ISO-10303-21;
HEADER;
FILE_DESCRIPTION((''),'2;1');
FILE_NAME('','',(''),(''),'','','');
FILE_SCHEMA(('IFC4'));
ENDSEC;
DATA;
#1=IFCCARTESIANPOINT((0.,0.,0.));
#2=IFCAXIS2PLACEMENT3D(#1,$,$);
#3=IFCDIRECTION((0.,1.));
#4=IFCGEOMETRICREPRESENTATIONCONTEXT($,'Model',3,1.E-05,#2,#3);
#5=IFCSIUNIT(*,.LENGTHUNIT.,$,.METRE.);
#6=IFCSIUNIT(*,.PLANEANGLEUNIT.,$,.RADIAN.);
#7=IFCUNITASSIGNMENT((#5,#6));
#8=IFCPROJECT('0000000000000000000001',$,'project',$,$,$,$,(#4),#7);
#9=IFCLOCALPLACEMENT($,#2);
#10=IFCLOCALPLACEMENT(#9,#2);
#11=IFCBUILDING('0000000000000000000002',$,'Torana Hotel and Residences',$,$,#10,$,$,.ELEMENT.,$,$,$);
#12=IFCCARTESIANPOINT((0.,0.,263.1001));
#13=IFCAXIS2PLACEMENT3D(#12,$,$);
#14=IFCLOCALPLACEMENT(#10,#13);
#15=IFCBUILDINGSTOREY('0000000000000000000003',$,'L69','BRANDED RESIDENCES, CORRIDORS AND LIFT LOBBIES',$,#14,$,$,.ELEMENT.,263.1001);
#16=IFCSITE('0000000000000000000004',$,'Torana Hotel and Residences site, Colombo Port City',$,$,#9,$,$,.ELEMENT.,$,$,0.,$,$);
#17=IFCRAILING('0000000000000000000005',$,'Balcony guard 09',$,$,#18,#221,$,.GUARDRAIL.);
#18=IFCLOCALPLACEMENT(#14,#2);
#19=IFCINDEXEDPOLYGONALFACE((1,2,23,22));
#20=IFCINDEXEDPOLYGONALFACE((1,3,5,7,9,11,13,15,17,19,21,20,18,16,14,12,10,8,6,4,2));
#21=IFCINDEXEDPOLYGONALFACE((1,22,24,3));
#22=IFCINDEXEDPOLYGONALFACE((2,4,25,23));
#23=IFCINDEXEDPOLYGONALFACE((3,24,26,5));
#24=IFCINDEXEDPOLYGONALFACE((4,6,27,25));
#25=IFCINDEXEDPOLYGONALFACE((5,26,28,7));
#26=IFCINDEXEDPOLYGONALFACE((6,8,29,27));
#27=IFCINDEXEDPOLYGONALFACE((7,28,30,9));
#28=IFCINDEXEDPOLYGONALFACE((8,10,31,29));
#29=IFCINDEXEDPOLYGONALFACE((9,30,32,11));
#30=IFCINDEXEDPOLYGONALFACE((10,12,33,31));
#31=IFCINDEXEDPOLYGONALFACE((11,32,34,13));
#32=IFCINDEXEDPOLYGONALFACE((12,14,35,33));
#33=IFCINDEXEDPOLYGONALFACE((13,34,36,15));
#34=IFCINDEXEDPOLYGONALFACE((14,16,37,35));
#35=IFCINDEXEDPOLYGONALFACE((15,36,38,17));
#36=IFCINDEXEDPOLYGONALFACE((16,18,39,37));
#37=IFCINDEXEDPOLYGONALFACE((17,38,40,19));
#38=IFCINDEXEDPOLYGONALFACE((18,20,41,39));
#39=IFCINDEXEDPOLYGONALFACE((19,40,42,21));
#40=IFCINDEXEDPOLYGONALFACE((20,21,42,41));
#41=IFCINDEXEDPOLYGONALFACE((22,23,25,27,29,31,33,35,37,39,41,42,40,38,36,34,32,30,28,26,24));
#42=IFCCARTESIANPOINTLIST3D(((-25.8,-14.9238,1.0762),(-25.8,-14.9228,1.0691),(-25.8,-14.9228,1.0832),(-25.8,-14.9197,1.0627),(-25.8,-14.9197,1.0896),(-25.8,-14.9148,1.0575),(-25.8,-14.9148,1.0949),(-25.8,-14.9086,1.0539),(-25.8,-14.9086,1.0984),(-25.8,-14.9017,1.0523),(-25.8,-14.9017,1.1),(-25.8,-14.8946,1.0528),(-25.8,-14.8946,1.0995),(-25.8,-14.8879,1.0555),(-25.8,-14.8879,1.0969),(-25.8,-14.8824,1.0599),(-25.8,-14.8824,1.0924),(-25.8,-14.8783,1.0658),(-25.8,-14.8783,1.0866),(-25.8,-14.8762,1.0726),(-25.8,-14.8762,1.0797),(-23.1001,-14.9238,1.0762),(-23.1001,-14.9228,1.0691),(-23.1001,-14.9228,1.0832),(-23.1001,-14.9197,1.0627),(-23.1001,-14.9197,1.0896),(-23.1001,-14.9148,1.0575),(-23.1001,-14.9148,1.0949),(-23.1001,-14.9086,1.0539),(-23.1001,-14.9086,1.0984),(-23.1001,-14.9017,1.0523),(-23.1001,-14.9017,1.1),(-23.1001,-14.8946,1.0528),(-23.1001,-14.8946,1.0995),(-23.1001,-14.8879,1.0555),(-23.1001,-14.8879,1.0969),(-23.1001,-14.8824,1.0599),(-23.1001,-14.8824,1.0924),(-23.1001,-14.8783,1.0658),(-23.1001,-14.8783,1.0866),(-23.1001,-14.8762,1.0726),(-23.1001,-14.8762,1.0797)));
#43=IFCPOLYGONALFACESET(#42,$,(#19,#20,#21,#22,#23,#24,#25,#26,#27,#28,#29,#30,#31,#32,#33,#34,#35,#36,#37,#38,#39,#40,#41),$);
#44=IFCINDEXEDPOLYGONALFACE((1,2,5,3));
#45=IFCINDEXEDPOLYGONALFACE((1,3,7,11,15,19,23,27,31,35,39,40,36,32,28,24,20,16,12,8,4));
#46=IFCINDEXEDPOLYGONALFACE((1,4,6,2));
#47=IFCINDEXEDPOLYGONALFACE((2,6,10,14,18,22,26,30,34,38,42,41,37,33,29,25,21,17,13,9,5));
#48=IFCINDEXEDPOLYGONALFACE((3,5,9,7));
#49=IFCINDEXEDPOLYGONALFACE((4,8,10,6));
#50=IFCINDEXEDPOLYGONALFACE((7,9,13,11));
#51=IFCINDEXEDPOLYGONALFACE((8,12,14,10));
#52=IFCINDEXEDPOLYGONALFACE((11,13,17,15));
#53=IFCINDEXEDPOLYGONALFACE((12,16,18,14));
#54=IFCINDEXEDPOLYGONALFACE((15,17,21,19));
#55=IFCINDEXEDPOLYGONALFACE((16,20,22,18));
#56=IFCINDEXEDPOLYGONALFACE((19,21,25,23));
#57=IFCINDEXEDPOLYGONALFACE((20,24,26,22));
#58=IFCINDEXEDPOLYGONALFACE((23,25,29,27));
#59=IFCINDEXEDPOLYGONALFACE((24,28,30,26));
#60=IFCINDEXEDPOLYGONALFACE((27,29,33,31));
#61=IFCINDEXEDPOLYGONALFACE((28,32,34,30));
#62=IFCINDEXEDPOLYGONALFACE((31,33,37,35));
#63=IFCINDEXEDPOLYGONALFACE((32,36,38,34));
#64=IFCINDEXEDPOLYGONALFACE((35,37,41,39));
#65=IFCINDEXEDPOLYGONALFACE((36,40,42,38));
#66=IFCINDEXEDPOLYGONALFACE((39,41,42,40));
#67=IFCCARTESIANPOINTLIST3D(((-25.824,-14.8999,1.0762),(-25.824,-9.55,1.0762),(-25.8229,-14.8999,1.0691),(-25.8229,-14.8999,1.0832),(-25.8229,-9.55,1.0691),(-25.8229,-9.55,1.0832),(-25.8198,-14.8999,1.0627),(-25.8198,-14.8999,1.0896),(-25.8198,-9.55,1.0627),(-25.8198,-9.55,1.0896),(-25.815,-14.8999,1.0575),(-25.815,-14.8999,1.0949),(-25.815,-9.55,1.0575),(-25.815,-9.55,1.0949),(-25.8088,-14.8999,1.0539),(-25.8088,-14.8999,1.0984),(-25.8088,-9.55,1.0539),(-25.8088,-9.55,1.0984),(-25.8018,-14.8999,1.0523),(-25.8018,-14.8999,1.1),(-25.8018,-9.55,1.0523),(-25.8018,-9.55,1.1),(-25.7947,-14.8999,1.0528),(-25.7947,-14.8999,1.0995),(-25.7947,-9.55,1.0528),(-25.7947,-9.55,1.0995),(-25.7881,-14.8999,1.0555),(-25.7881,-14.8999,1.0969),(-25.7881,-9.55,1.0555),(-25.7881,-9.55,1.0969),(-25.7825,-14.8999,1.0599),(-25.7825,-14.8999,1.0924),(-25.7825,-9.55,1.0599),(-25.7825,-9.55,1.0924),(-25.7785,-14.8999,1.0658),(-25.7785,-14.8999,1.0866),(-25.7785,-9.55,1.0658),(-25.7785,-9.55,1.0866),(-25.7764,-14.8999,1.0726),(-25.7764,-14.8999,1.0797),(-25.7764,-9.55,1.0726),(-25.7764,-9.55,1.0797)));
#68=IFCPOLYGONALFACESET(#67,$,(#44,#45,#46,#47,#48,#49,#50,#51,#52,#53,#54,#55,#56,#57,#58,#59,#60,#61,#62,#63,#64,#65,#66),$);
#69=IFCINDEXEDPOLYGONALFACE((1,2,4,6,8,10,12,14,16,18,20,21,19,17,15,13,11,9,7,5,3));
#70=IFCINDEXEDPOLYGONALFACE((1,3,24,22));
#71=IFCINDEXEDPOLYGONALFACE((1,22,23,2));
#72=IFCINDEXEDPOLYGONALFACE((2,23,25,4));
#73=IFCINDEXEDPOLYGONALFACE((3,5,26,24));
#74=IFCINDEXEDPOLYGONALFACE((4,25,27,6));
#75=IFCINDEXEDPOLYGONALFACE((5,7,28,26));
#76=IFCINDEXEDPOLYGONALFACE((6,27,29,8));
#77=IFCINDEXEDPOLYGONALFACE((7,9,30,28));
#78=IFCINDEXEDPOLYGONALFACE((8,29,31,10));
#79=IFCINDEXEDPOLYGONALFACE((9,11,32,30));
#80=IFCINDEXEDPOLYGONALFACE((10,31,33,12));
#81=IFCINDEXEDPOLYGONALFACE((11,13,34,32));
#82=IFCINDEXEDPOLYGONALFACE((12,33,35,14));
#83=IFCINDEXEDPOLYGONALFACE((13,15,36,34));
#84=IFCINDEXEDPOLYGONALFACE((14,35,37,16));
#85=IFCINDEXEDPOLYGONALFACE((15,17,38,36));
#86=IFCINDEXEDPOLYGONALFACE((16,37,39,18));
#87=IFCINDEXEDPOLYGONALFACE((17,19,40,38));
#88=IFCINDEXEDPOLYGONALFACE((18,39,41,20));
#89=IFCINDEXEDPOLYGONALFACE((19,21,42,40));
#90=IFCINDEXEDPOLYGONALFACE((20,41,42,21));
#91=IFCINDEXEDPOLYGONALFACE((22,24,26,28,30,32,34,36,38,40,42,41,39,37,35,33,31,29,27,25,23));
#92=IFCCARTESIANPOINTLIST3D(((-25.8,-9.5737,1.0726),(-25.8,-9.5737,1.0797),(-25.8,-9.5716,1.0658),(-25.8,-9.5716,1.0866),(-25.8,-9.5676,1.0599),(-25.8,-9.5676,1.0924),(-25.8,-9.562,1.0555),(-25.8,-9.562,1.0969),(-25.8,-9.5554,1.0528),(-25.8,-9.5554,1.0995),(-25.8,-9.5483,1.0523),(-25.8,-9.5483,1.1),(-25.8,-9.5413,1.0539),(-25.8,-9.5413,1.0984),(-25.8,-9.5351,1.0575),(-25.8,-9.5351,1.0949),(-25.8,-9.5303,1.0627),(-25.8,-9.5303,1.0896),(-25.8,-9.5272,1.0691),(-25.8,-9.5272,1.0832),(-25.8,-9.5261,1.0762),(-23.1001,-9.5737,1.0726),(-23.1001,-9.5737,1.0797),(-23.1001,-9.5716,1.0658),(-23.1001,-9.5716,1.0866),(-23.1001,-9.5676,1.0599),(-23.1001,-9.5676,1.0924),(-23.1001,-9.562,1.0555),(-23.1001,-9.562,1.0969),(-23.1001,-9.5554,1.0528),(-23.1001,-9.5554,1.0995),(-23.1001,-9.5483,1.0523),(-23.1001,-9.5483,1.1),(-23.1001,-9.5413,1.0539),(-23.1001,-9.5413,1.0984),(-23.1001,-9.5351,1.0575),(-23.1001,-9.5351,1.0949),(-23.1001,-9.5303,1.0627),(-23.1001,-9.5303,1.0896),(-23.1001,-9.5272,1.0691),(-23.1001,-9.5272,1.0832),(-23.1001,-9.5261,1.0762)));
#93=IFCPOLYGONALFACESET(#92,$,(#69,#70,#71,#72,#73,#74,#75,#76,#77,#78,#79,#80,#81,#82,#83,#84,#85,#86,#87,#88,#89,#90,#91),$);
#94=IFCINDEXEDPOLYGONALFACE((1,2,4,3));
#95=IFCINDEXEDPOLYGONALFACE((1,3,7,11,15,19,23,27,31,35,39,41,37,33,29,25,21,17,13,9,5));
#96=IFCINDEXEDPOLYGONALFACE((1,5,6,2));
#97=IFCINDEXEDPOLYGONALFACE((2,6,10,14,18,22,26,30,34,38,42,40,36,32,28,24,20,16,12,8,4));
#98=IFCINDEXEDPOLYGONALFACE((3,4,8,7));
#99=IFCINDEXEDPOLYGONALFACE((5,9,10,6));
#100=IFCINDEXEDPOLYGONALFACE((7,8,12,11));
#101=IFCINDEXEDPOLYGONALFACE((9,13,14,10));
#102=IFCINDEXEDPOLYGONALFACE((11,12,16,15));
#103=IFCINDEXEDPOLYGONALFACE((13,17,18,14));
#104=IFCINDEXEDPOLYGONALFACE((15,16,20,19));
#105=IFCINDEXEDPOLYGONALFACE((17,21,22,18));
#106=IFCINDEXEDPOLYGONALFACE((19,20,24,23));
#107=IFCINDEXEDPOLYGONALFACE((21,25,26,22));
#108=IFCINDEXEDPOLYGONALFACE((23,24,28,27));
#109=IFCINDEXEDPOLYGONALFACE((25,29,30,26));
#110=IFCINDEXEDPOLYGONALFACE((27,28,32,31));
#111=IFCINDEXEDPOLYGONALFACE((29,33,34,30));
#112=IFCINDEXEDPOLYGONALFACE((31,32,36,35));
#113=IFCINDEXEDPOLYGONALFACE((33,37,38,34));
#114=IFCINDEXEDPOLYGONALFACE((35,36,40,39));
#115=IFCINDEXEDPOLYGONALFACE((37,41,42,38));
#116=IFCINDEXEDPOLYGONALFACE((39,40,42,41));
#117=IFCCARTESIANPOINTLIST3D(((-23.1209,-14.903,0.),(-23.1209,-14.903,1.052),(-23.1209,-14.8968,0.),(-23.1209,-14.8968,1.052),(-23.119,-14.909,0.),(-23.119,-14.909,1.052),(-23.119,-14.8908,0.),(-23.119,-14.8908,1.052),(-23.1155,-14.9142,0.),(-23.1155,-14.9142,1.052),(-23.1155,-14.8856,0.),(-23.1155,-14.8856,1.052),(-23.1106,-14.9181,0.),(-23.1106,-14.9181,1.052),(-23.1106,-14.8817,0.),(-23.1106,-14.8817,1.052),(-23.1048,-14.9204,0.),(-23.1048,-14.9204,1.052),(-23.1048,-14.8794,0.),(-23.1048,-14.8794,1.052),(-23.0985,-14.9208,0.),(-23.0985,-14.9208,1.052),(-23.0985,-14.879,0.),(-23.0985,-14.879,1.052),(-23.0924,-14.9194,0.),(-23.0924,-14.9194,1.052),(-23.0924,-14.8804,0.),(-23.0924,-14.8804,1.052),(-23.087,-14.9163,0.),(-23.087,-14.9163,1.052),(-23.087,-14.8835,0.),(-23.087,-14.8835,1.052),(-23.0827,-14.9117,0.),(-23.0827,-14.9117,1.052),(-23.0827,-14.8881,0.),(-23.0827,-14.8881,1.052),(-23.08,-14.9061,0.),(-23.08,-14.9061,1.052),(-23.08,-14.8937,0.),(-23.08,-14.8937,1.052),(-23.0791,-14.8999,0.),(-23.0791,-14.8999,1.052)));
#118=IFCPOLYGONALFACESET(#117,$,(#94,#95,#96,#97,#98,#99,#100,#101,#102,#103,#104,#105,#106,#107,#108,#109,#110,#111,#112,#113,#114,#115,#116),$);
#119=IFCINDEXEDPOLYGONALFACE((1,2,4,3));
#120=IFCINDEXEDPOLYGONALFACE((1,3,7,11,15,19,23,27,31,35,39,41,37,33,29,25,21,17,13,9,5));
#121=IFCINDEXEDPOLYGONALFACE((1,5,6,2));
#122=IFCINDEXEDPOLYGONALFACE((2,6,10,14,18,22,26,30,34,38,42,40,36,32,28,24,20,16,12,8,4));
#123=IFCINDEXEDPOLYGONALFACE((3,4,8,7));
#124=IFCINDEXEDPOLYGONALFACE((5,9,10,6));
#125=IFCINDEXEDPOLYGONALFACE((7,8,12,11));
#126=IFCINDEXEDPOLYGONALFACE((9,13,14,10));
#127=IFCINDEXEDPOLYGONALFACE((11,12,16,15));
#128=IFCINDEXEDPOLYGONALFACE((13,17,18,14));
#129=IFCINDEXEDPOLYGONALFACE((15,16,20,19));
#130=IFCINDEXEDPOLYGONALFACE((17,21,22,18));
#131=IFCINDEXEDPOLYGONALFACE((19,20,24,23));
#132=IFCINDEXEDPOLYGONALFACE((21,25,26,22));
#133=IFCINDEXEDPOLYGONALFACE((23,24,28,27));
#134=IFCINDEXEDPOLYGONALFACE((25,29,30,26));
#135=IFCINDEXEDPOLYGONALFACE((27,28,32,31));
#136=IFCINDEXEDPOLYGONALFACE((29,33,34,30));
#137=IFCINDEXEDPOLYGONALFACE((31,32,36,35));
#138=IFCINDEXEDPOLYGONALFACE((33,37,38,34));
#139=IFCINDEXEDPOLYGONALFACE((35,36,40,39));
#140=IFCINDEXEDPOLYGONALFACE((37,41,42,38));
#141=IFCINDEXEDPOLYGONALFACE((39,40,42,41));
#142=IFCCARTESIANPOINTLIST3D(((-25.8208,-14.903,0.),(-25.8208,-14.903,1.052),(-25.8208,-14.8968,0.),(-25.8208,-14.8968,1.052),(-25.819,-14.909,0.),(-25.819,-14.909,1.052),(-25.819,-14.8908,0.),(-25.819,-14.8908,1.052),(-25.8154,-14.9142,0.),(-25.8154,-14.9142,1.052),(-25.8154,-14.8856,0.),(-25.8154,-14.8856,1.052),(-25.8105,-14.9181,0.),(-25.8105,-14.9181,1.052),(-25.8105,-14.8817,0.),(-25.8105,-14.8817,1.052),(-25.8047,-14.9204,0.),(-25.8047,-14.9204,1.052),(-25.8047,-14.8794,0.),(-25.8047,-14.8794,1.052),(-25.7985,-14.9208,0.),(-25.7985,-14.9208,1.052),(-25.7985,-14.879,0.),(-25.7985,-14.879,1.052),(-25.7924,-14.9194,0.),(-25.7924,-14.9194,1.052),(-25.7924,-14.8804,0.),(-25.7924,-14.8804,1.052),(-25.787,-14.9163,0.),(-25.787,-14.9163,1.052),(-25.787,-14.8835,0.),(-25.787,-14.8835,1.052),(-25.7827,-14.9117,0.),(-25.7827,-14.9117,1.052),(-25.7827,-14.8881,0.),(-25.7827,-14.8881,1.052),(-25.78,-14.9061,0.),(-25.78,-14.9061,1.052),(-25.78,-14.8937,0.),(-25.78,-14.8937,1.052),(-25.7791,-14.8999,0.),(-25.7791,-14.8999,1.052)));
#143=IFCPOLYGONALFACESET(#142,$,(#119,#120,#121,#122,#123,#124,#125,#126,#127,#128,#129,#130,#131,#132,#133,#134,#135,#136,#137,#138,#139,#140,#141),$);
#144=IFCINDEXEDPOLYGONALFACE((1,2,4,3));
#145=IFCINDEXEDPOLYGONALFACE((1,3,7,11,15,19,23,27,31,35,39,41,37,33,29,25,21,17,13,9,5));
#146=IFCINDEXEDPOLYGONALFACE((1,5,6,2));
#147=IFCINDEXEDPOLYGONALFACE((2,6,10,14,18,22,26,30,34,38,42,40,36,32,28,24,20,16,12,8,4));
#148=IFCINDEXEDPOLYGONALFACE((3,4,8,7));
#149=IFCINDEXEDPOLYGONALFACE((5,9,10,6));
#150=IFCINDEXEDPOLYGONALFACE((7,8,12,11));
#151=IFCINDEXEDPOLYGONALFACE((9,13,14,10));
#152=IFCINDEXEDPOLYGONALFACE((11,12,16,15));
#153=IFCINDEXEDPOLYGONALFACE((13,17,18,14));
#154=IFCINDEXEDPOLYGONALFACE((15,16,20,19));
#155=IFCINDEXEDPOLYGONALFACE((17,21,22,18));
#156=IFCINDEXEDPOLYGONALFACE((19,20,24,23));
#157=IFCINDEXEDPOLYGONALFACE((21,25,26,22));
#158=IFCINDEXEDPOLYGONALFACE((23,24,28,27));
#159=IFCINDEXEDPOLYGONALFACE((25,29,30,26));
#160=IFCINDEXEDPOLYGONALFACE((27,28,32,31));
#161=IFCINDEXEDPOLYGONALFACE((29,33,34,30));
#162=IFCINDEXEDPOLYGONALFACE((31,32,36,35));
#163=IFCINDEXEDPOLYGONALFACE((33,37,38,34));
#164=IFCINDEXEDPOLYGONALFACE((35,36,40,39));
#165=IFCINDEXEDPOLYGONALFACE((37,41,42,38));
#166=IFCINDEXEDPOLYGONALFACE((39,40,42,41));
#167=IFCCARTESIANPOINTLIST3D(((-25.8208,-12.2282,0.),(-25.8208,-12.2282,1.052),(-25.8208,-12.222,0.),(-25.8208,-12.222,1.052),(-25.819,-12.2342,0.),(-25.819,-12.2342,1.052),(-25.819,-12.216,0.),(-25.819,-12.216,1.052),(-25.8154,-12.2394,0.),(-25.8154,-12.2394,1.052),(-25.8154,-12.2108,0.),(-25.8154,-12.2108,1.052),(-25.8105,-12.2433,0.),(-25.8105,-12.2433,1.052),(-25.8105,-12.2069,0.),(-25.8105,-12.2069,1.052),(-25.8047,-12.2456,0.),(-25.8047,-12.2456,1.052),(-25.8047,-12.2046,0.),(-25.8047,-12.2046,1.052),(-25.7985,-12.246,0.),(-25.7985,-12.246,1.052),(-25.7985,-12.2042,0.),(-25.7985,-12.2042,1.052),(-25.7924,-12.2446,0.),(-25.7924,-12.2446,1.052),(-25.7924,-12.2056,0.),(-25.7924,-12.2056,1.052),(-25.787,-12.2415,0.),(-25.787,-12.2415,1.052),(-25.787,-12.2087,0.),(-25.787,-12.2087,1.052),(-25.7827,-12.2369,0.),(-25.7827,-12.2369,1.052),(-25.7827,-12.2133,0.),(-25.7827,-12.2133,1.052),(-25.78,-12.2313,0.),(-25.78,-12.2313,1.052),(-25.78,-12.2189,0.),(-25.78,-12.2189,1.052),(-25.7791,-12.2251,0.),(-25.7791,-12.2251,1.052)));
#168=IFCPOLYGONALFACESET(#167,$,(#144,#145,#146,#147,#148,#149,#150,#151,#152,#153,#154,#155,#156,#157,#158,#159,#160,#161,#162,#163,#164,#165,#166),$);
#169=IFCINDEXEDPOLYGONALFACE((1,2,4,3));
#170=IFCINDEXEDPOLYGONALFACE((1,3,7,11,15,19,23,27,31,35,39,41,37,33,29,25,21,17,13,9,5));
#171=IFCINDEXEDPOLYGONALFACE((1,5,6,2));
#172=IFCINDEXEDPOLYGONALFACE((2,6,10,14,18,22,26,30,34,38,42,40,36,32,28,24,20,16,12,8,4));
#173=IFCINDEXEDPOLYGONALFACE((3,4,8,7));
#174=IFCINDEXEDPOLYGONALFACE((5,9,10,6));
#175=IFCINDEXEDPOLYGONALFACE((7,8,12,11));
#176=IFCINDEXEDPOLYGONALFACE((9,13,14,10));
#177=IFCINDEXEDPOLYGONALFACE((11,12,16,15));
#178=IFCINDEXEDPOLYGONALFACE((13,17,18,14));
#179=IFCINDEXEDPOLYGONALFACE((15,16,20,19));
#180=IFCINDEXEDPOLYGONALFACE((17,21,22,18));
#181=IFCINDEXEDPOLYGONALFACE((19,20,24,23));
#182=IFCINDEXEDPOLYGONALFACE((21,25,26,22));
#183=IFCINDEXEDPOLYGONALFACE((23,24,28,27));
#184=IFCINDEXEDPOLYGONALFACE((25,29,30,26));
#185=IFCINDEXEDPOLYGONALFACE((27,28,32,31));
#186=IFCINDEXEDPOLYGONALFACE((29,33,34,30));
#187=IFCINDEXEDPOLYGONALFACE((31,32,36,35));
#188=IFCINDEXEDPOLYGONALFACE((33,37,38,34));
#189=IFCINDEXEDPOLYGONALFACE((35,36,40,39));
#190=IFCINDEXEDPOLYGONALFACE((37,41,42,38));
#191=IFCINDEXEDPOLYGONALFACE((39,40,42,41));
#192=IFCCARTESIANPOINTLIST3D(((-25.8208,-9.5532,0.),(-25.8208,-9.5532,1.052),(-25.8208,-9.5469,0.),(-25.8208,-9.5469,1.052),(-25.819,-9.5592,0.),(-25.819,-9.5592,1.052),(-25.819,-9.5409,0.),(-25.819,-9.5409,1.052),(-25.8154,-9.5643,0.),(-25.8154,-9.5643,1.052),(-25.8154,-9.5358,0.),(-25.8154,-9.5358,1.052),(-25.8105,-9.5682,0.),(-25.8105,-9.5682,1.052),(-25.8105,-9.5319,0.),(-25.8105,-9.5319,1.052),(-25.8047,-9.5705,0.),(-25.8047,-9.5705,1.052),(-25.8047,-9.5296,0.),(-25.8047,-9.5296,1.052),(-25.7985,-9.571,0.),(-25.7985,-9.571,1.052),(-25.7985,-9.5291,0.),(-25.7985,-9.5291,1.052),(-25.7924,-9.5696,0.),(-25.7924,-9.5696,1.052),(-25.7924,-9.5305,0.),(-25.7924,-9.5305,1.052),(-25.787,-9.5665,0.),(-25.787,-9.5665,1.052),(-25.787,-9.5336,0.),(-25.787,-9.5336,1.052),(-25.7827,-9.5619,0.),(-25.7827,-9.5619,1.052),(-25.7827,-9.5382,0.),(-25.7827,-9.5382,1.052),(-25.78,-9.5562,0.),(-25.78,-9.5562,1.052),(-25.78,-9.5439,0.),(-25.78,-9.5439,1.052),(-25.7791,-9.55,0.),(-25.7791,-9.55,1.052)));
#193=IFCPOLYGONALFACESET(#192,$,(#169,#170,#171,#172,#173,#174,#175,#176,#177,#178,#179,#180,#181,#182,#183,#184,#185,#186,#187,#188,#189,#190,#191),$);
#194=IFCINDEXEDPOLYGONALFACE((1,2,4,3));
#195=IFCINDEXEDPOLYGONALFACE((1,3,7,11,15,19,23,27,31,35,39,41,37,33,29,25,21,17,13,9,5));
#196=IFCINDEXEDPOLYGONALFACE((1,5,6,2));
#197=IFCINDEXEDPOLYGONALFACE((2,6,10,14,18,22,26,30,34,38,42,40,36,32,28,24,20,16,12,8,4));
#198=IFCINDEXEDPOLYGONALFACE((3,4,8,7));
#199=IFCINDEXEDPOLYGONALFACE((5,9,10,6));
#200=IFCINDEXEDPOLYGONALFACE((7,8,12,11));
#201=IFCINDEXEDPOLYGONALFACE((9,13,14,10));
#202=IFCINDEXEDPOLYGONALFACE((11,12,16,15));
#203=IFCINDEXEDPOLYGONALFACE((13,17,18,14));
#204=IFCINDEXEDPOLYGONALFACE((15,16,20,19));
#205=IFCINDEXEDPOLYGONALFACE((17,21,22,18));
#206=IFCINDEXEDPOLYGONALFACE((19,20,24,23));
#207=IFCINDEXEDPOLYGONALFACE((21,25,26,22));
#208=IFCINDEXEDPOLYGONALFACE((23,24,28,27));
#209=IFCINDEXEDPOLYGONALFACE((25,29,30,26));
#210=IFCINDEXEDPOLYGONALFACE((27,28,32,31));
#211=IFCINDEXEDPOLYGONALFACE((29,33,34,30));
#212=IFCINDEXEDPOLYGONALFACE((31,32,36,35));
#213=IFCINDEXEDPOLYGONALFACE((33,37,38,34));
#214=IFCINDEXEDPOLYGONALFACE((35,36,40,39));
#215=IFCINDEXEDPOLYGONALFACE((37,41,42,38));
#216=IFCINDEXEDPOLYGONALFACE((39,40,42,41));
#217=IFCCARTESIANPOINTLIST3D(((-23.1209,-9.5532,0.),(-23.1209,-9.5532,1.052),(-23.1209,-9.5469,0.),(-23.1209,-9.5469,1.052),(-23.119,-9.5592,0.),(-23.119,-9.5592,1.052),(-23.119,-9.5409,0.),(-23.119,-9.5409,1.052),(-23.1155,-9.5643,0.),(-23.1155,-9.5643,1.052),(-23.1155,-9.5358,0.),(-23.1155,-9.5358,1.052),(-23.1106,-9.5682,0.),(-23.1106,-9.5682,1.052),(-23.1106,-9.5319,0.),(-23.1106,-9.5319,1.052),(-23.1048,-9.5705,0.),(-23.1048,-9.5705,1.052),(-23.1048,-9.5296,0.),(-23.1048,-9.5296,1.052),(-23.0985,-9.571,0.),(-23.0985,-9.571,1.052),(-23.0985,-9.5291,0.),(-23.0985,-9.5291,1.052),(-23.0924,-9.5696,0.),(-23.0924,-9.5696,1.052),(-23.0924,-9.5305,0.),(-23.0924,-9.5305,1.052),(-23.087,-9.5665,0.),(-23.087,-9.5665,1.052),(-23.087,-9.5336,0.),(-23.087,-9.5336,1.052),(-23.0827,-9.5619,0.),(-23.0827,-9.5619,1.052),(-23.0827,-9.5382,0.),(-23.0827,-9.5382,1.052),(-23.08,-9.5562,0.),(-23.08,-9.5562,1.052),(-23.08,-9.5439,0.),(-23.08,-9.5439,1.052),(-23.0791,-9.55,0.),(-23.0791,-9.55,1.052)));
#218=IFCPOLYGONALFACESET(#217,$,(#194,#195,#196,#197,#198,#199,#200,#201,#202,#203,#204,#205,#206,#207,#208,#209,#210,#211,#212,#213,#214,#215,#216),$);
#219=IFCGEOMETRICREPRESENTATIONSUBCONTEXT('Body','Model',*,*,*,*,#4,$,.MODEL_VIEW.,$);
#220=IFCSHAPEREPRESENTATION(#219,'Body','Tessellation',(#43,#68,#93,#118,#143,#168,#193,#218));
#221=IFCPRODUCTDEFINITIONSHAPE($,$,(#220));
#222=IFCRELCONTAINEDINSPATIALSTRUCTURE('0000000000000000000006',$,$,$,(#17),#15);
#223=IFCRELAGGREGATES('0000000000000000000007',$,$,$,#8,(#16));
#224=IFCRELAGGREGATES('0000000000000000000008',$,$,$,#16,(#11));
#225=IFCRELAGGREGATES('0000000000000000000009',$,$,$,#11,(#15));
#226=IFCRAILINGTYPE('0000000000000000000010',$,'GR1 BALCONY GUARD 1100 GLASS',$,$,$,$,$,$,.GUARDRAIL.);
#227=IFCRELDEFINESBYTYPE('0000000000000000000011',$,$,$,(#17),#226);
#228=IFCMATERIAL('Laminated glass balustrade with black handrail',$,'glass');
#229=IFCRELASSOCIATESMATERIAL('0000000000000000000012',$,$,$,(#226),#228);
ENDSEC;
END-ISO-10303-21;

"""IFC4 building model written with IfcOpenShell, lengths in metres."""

from ifc_helpers import new_model, si_unit, direction, frame, origin, origin_2d, place, context, subcontext, project, spatial, circle, extrude, material, type_object, element, save


model = new_model("IFC4")

# Units and contexts
model_context = context("Model", 3, precision=1e-05, world=origin(), true_north=direction((0.0, 1.0)))
body_context = subcontext(model_context, "Body", "Model", "MODEL_VIEW")
ifc_project = project(units=[si_unit("LENGTHUNIT", "METRE"), si_unit("PLANEANGLEUNIT", "RADIAN")], contexts=[model_context])

# Site, building, storey
site_placement = place(None, origin())
site = spatial("IfcSite", under=ifc_project, at=site_placement, Name="Torana Hotel and Residences site, Colombo Port City", CompositionType="ELEMENT", RefElevation=0.0)
building_placement = place(site_placement, origin())
building = spatial("IfcBuilding", under=site, at=building_placement, Name="Torana Hotel and Residences", CompositionType="ELEMENT")
storey_placement = place(building_placement, frame((0.0, 0.0, 263.1001)))
storey = spatial("IfcBuildingStorey", under=building, at=storey_placement, Name="L69", Description="BRANDED RESIDENCES, CORRIDORS AND LIFT LOBBIES", CompositionType="ELEMENT", Elevation=263.1001)

# Railing
ifc_material_1 = material(Name="Laminated glass balustrade with black handrail", Category="glass")
railing_type = type_object("IfcRailingType", Name="GR1 BALCONY GUARD 1100 GLASS", PredefinedType="GUARDRAIL", material=ifc_material_1)
railing_1_placement = place(storey_placement, frame((-23.1001, -14.8999, 0.0)))
element("IfcRailing", 1, at=railing_1_placement, inside=storey, type_object=railing_type, Name="Balcony guard 09", PredefinedType="GUARDRAIL", context=body_context, shape_type="SweptSolid", body=[
    extrude(circle(Radius=0.0239, at=origin_2d()), frame((0.0, 0.0, 1.0762), z_axis=(-1.0, 0.0, 0.0), x_axis=(0.0, -1.0, 0.0)), (0.0, 0.0, 1.0), 2.7),
    extrude(circle(Radius=0.0239, at=origin_2d()), frame((-2.7, 0.0, 1.0762), z_axis=(0.0, 1.0, 0.0), x_axis=(-1.0, 0.0, 0.0)), (0.0, 0.0, 1.0), 5.3499),
    extrude(circle(Radius=0.0239, at=origin_2d()), frame((-2.7, 5.3499, 1.0762), z_axis=(1.0, 0.0, 0.0), x_axis=(0.0, 1.0, 0.0)), (0.0, 0.0, 1.0), 2.7),
    extrude(circle(Radius=0.021, at=origin_2d()), origin(), (0.0, 0.0, 1.0), 1.052),
    extrude(circle(Radius=0.021, at=origin_2d()), frame((-2.7, 0.0, 0.0)), (0.0, 0.0, 1.0), 1.052),
    extrude(circle(Radius=0.021, at=origin_2d()), frame((-2.7, 2.6748, 0.0)), (0.0, 0.0, 1.0), 1.052),
    extrude(circle(Radius=0.021, at=origin_2d()), frame((-2.7, 5.3499, 0.0)), (0.0, 0.0, 1.0), 1.052),
    extrude(circle(Radius=0.021, at=origin_2d()), frame((0.0, 5.3499, 0.0)), (0.0, 0.0, 1.0), 1.052),
])

save(model, "model.ifc")
